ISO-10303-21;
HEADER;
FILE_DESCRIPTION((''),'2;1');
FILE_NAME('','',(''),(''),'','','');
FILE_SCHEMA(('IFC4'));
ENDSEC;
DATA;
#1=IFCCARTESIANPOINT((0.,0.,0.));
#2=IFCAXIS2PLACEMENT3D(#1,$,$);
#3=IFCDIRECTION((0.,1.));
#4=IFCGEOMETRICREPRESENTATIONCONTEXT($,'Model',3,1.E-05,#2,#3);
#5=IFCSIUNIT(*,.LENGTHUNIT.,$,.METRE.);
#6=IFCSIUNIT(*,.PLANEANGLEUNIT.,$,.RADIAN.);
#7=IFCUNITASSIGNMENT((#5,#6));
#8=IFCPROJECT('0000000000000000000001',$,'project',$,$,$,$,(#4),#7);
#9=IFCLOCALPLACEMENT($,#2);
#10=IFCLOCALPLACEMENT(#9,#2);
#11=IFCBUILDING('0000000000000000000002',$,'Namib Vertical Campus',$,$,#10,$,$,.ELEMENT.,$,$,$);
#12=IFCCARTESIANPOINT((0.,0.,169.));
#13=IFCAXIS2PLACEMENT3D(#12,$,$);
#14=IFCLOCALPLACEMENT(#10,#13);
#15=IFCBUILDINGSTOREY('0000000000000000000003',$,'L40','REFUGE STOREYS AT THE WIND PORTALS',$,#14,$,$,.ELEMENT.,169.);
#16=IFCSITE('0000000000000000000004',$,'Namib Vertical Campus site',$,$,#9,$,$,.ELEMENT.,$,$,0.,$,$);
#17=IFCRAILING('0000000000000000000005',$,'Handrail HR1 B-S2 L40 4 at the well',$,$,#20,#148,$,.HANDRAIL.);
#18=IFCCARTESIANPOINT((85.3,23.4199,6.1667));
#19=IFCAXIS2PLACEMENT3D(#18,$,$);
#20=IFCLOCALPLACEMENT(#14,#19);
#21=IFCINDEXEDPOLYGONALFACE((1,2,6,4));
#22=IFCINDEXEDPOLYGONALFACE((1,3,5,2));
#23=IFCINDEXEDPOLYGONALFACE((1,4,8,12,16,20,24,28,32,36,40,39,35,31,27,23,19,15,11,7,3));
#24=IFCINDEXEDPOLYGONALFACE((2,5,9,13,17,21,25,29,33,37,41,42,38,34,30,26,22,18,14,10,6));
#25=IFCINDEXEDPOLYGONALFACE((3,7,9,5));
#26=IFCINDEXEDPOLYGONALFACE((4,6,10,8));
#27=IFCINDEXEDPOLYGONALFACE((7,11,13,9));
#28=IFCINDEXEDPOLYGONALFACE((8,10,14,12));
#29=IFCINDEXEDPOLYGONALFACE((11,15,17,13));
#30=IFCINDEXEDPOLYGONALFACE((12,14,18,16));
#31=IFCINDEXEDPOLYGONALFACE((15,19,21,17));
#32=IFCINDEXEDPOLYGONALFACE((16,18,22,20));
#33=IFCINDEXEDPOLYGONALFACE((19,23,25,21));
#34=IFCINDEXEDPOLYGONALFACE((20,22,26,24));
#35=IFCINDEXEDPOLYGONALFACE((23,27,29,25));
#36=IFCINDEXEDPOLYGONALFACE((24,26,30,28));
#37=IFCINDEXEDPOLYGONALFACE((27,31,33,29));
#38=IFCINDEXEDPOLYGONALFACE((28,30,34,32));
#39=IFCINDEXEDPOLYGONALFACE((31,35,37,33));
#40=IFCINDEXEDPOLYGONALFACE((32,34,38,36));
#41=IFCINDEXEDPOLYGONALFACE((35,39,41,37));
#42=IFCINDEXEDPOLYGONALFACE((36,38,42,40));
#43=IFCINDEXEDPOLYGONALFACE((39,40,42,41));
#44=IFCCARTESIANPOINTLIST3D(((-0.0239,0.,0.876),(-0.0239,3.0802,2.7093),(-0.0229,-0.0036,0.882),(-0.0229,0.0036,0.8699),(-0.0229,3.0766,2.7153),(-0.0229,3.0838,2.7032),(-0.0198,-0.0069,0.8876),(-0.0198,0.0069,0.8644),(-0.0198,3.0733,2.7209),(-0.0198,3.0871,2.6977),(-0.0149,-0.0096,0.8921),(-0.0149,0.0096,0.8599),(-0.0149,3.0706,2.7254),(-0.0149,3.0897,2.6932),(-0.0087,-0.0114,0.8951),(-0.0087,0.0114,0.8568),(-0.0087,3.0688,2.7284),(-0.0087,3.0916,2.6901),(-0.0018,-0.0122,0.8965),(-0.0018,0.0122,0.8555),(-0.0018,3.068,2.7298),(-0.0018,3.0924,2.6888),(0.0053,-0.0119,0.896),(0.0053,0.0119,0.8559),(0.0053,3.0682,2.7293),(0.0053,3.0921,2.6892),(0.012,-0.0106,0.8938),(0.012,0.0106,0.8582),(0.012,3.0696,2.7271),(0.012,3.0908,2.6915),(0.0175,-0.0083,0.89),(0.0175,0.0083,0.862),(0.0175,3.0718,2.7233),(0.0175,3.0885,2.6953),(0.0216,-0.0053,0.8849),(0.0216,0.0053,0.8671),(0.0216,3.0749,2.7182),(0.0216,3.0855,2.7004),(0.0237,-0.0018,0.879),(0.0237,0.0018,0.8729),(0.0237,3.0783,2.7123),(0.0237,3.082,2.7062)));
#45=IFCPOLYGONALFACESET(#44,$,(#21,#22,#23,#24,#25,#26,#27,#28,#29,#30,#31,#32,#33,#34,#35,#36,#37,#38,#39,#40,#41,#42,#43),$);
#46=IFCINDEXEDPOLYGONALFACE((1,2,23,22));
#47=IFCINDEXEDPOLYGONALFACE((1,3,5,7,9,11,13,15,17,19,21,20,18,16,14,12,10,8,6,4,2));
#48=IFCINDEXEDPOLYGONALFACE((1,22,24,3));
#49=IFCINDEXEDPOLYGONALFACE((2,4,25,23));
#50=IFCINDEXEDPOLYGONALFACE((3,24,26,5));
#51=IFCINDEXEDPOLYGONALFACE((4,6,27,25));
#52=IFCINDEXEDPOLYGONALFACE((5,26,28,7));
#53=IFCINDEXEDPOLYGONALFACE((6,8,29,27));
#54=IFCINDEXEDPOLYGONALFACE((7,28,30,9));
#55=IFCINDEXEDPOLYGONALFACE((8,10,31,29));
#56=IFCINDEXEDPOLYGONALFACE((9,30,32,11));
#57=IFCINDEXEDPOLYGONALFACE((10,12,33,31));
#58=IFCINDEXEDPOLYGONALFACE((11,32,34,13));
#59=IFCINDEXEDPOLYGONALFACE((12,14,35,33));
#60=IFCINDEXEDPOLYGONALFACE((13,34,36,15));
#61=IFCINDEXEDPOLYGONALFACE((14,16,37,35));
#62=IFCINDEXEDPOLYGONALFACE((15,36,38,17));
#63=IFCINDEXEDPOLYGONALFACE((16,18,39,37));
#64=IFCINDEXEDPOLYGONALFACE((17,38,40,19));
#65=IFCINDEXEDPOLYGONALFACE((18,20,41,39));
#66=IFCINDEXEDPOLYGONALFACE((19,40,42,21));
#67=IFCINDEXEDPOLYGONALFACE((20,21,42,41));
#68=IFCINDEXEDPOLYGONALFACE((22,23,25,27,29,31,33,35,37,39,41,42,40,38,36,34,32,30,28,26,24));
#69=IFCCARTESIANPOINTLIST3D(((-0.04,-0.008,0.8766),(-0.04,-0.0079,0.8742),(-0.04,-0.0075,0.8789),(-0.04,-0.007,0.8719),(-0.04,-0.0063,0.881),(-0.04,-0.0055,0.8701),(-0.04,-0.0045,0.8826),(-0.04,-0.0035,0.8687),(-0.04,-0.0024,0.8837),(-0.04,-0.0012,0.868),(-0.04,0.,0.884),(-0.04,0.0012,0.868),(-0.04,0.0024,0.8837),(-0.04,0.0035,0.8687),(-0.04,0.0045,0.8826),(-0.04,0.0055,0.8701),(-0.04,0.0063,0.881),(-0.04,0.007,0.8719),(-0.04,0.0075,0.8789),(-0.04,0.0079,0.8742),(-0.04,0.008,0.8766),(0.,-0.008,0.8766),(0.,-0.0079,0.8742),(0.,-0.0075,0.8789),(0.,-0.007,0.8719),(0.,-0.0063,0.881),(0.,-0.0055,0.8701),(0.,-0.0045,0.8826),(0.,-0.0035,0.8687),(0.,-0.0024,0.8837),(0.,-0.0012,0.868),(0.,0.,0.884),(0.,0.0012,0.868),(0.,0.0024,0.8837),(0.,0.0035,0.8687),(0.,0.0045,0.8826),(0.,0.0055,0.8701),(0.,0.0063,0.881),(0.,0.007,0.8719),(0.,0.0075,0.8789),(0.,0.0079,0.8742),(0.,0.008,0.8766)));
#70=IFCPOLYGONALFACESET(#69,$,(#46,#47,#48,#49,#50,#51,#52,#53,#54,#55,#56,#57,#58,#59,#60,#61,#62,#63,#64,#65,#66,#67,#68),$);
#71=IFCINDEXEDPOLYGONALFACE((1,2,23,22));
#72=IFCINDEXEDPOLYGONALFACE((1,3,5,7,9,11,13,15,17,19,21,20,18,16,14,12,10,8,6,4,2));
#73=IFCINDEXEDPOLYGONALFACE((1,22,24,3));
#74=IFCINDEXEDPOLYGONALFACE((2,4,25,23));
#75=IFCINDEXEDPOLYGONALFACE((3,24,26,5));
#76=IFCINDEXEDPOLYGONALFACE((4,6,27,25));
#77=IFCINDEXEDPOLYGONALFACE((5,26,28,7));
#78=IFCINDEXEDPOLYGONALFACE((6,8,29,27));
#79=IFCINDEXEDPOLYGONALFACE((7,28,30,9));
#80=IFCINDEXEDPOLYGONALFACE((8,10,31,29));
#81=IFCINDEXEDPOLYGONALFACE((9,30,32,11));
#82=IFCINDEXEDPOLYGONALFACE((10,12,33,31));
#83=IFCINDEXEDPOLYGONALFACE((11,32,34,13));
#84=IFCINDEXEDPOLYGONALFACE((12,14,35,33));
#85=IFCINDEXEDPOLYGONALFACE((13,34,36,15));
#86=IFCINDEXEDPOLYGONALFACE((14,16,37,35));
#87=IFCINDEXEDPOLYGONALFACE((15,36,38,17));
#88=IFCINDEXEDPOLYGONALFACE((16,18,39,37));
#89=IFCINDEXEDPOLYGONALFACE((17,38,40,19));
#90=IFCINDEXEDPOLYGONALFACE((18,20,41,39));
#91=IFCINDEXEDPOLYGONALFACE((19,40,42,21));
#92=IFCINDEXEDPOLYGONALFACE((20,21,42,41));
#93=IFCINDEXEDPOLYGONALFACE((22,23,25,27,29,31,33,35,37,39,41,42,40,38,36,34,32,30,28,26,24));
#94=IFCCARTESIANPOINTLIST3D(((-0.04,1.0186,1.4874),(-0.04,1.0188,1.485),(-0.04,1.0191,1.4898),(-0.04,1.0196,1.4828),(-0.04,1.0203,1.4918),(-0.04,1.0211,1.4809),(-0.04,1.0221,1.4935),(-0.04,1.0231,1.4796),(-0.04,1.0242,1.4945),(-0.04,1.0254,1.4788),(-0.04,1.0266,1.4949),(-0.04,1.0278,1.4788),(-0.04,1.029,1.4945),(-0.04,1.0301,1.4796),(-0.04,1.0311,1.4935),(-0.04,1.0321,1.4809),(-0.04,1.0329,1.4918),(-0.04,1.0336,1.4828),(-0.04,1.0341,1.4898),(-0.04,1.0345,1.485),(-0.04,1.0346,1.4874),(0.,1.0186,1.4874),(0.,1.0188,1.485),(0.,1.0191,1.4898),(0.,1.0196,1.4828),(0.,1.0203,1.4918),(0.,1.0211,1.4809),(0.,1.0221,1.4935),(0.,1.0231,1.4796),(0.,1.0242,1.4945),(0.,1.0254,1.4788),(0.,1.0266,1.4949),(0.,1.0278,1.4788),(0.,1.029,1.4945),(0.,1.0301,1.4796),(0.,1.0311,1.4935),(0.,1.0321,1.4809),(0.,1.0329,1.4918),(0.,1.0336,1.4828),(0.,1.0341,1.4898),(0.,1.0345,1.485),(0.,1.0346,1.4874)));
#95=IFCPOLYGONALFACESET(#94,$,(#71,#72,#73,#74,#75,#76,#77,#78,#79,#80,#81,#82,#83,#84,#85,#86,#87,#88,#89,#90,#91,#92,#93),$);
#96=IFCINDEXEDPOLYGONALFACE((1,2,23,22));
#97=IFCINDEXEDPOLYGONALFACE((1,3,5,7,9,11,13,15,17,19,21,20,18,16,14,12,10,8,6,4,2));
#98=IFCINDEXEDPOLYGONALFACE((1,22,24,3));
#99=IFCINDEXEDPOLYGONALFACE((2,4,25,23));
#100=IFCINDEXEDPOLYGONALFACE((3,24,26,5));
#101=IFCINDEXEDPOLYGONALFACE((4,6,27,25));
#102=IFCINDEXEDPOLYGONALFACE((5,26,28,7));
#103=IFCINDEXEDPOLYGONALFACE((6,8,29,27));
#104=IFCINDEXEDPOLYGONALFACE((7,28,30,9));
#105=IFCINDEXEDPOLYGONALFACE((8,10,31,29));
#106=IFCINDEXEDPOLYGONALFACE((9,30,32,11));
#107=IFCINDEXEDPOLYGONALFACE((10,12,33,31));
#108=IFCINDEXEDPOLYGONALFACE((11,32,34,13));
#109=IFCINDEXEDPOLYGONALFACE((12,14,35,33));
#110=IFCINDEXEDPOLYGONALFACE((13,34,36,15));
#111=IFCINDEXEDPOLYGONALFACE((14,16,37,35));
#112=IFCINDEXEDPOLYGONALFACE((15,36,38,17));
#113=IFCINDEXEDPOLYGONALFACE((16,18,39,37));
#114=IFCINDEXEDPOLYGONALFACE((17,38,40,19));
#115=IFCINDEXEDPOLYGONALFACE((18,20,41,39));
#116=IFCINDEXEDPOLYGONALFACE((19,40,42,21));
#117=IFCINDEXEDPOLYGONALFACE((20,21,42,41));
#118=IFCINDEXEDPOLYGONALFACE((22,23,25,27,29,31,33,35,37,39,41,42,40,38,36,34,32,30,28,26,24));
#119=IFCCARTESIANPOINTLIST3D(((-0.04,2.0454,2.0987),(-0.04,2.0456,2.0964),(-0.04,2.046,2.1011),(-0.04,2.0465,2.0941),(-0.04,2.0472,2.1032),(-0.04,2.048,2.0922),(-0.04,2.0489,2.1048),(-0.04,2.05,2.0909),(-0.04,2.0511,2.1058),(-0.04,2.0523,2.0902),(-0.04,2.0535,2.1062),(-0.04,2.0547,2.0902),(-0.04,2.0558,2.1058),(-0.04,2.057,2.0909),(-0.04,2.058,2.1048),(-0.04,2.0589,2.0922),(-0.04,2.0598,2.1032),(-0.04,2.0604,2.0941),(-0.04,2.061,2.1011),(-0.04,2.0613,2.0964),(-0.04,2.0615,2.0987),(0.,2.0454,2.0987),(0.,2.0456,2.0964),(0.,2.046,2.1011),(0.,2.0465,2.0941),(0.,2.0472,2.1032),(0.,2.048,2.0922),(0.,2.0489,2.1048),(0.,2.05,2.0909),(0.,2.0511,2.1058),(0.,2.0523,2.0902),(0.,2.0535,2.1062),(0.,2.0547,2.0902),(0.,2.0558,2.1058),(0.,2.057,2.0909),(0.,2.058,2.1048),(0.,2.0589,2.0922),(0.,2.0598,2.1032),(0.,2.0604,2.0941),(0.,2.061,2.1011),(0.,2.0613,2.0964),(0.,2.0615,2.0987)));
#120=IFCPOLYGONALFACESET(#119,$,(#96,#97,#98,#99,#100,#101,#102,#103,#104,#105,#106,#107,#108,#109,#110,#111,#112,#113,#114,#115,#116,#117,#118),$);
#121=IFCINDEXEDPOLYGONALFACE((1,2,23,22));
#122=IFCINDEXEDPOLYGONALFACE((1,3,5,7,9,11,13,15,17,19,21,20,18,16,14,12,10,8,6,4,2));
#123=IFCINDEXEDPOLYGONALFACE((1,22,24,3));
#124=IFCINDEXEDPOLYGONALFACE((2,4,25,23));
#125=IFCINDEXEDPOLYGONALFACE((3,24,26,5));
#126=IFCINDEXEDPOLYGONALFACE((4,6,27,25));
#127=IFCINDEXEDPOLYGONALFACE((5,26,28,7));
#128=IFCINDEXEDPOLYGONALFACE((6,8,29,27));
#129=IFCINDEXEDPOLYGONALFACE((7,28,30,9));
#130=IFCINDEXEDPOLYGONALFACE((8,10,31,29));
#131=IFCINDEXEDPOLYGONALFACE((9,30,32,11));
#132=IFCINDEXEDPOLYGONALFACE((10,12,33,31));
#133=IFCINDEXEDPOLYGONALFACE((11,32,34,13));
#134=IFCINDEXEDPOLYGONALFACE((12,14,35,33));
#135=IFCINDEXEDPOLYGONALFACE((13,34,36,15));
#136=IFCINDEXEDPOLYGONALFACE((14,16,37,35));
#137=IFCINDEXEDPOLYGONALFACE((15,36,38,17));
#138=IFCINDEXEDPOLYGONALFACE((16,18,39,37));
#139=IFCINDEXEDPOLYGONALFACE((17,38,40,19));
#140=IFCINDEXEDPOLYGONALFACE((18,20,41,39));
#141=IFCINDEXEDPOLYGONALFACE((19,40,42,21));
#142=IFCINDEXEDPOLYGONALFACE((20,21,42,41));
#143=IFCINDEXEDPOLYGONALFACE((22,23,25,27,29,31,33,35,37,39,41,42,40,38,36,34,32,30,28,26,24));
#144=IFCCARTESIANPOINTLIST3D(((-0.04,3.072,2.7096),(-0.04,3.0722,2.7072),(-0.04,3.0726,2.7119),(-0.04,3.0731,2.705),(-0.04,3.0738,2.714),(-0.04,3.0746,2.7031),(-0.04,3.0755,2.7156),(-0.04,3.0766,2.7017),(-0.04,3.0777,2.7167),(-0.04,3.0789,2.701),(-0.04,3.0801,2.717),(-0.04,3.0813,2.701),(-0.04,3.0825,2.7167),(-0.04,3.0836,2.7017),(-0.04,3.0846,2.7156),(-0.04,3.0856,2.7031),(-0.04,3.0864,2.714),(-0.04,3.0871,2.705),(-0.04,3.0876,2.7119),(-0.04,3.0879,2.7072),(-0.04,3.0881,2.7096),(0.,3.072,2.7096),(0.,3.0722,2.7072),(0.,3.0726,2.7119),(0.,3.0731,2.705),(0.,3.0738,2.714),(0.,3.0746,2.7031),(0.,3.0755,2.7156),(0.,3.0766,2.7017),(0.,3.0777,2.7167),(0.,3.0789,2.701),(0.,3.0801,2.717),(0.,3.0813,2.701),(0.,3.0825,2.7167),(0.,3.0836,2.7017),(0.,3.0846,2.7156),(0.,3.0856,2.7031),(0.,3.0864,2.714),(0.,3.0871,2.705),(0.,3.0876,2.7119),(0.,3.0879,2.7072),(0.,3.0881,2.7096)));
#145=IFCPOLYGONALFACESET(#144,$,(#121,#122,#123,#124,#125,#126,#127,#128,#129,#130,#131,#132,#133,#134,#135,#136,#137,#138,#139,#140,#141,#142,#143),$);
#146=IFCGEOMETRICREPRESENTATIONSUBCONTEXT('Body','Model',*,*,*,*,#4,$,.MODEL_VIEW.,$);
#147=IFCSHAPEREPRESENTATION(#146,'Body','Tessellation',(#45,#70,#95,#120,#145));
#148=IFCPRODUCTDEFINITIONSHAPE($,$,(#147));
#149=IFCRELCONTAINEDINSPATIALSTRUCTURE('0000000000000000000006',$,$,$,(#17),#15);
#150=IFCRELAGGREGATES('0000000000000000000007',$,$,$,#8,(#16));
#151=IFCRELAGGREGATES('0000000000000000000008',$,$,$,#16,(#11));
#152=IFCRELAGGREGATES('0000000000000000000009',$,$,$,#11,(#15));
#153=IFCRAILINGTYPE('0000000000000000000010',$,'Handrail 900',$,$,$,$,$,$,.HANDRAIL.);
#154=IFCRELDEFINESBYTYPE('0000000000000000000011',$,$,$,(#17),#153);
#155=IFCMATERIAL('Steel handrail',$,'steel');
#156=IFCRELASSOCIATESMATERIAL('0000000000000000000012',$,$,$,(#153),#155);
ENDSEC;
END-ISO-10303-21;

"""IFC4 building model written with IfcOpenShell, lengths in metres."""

from ifc_helpers import new_model, si_unit, direction, frame, origin, origin_2d, place, context, subcontext, project, spatial, circle, extrude, material, type_object, element, save


model = new_model("IFC4")

# Units and contexts
model_context = context("Model", 3, precision=1e-05, world=origin(), true_north=direction((0.0, 1.0)))
body_context = subcontext(model_context, "Body", "Model", "MODEL_VIEW")
ifc_project = project(units=[si_unit("LENGTHUNIT", "METRE"), si_unit("PLANEANGLEUNIT", "RADIAN")], contexts=[model_context])

# Site, building, storey
site_placement = place(None, origin())
site = spatial("IfcSite", under=ifc_project, at=site_placement, Name="Namib Vertical Campus site", CompositionType="ELEMENT", RefElevation=0.0)
building_placement = place(site_placement, origin())
building = spatial("IfcBuilding", under=site, at=building_placement, Name="Namib Vertical Campus", CompositionType="ELEMENT")
storey_placement = place(building_placement, frame((0.0, 0.0, 169.0)))
storey = spatial("IfcBuildingStorey", under=building, at=storey_placement, Name="L40", Description="REFUGE STOREYS AT THE WIND PORTALS", CompositionType="ELEMENT", Elevation=169.0)

# Railing
ifc_material_1 = material(Name="Steel handrail", Category="steel")
railing_type_1 = type_object("IfcRailingType", Name="Handrail 900", PredefinedType="HANDRAIL", material=ifc_material_1)
railing_1_placement = place(storey_placement, frame((85.3, 23.4199, 6.1667)))
element("IfcRailing", 1, at=railing_1_placement, inside=storey, type_object=railing_type_1, Name="Handrail HR1 B-S2 L40 4 at the well", PredefinedType="HANDRAIL", context=body_context, shape_type="SweptSolid", body=[
    extrude(circle(Radius=0.0239, at=origin_2d()), frame((0.0, 0.0, 0.876), z_axis=(0.0, 0.859309, 0.511458), x_axis=(-1.0, 0.0, 0.0)), (0.0, 0.0, 1.0), 3.5845),
    extrude(circle(Radius=0.0081, at=origin_2d()), frame((0.0, 0.0, 0.876), z_axis=(-1.0, 0.0, 0.0), x_axis=(0.0, 0.0, 1.0)), (0.0, 0.0, 1.0), 0.04),
    extrude(circle(Radius=0.0081, at=origin_2d()), frame((0.0, 1.0266, 1.4868), z_axis=(-1.0, 0.0, 0.0), x_axis=(0.0, 0.0, 1.0)), (0.0, 0.0, 1.0), 0.04),
    extrude(circle(Radius=0.0081, at=origin_2d()), frame((0.0, 2.0535, 2.0981), z_axis=(-1.0, 0.0, 0.0), x_axis=(0.0, 0.0, 1.0)), (0.0, 0.0, 1.0), 0.04),
    extrude(circle(Radius=0.0081, at=origin_2d()), frame((0.0, 3.0801, 2.709), z_axis=(-1.0, 0.0, 0.0), x_axis=(0.0, 0.0, 1.0)), (0.0, 0.0, 1.0), 0.04),
])

save(model, "model.ifc")
